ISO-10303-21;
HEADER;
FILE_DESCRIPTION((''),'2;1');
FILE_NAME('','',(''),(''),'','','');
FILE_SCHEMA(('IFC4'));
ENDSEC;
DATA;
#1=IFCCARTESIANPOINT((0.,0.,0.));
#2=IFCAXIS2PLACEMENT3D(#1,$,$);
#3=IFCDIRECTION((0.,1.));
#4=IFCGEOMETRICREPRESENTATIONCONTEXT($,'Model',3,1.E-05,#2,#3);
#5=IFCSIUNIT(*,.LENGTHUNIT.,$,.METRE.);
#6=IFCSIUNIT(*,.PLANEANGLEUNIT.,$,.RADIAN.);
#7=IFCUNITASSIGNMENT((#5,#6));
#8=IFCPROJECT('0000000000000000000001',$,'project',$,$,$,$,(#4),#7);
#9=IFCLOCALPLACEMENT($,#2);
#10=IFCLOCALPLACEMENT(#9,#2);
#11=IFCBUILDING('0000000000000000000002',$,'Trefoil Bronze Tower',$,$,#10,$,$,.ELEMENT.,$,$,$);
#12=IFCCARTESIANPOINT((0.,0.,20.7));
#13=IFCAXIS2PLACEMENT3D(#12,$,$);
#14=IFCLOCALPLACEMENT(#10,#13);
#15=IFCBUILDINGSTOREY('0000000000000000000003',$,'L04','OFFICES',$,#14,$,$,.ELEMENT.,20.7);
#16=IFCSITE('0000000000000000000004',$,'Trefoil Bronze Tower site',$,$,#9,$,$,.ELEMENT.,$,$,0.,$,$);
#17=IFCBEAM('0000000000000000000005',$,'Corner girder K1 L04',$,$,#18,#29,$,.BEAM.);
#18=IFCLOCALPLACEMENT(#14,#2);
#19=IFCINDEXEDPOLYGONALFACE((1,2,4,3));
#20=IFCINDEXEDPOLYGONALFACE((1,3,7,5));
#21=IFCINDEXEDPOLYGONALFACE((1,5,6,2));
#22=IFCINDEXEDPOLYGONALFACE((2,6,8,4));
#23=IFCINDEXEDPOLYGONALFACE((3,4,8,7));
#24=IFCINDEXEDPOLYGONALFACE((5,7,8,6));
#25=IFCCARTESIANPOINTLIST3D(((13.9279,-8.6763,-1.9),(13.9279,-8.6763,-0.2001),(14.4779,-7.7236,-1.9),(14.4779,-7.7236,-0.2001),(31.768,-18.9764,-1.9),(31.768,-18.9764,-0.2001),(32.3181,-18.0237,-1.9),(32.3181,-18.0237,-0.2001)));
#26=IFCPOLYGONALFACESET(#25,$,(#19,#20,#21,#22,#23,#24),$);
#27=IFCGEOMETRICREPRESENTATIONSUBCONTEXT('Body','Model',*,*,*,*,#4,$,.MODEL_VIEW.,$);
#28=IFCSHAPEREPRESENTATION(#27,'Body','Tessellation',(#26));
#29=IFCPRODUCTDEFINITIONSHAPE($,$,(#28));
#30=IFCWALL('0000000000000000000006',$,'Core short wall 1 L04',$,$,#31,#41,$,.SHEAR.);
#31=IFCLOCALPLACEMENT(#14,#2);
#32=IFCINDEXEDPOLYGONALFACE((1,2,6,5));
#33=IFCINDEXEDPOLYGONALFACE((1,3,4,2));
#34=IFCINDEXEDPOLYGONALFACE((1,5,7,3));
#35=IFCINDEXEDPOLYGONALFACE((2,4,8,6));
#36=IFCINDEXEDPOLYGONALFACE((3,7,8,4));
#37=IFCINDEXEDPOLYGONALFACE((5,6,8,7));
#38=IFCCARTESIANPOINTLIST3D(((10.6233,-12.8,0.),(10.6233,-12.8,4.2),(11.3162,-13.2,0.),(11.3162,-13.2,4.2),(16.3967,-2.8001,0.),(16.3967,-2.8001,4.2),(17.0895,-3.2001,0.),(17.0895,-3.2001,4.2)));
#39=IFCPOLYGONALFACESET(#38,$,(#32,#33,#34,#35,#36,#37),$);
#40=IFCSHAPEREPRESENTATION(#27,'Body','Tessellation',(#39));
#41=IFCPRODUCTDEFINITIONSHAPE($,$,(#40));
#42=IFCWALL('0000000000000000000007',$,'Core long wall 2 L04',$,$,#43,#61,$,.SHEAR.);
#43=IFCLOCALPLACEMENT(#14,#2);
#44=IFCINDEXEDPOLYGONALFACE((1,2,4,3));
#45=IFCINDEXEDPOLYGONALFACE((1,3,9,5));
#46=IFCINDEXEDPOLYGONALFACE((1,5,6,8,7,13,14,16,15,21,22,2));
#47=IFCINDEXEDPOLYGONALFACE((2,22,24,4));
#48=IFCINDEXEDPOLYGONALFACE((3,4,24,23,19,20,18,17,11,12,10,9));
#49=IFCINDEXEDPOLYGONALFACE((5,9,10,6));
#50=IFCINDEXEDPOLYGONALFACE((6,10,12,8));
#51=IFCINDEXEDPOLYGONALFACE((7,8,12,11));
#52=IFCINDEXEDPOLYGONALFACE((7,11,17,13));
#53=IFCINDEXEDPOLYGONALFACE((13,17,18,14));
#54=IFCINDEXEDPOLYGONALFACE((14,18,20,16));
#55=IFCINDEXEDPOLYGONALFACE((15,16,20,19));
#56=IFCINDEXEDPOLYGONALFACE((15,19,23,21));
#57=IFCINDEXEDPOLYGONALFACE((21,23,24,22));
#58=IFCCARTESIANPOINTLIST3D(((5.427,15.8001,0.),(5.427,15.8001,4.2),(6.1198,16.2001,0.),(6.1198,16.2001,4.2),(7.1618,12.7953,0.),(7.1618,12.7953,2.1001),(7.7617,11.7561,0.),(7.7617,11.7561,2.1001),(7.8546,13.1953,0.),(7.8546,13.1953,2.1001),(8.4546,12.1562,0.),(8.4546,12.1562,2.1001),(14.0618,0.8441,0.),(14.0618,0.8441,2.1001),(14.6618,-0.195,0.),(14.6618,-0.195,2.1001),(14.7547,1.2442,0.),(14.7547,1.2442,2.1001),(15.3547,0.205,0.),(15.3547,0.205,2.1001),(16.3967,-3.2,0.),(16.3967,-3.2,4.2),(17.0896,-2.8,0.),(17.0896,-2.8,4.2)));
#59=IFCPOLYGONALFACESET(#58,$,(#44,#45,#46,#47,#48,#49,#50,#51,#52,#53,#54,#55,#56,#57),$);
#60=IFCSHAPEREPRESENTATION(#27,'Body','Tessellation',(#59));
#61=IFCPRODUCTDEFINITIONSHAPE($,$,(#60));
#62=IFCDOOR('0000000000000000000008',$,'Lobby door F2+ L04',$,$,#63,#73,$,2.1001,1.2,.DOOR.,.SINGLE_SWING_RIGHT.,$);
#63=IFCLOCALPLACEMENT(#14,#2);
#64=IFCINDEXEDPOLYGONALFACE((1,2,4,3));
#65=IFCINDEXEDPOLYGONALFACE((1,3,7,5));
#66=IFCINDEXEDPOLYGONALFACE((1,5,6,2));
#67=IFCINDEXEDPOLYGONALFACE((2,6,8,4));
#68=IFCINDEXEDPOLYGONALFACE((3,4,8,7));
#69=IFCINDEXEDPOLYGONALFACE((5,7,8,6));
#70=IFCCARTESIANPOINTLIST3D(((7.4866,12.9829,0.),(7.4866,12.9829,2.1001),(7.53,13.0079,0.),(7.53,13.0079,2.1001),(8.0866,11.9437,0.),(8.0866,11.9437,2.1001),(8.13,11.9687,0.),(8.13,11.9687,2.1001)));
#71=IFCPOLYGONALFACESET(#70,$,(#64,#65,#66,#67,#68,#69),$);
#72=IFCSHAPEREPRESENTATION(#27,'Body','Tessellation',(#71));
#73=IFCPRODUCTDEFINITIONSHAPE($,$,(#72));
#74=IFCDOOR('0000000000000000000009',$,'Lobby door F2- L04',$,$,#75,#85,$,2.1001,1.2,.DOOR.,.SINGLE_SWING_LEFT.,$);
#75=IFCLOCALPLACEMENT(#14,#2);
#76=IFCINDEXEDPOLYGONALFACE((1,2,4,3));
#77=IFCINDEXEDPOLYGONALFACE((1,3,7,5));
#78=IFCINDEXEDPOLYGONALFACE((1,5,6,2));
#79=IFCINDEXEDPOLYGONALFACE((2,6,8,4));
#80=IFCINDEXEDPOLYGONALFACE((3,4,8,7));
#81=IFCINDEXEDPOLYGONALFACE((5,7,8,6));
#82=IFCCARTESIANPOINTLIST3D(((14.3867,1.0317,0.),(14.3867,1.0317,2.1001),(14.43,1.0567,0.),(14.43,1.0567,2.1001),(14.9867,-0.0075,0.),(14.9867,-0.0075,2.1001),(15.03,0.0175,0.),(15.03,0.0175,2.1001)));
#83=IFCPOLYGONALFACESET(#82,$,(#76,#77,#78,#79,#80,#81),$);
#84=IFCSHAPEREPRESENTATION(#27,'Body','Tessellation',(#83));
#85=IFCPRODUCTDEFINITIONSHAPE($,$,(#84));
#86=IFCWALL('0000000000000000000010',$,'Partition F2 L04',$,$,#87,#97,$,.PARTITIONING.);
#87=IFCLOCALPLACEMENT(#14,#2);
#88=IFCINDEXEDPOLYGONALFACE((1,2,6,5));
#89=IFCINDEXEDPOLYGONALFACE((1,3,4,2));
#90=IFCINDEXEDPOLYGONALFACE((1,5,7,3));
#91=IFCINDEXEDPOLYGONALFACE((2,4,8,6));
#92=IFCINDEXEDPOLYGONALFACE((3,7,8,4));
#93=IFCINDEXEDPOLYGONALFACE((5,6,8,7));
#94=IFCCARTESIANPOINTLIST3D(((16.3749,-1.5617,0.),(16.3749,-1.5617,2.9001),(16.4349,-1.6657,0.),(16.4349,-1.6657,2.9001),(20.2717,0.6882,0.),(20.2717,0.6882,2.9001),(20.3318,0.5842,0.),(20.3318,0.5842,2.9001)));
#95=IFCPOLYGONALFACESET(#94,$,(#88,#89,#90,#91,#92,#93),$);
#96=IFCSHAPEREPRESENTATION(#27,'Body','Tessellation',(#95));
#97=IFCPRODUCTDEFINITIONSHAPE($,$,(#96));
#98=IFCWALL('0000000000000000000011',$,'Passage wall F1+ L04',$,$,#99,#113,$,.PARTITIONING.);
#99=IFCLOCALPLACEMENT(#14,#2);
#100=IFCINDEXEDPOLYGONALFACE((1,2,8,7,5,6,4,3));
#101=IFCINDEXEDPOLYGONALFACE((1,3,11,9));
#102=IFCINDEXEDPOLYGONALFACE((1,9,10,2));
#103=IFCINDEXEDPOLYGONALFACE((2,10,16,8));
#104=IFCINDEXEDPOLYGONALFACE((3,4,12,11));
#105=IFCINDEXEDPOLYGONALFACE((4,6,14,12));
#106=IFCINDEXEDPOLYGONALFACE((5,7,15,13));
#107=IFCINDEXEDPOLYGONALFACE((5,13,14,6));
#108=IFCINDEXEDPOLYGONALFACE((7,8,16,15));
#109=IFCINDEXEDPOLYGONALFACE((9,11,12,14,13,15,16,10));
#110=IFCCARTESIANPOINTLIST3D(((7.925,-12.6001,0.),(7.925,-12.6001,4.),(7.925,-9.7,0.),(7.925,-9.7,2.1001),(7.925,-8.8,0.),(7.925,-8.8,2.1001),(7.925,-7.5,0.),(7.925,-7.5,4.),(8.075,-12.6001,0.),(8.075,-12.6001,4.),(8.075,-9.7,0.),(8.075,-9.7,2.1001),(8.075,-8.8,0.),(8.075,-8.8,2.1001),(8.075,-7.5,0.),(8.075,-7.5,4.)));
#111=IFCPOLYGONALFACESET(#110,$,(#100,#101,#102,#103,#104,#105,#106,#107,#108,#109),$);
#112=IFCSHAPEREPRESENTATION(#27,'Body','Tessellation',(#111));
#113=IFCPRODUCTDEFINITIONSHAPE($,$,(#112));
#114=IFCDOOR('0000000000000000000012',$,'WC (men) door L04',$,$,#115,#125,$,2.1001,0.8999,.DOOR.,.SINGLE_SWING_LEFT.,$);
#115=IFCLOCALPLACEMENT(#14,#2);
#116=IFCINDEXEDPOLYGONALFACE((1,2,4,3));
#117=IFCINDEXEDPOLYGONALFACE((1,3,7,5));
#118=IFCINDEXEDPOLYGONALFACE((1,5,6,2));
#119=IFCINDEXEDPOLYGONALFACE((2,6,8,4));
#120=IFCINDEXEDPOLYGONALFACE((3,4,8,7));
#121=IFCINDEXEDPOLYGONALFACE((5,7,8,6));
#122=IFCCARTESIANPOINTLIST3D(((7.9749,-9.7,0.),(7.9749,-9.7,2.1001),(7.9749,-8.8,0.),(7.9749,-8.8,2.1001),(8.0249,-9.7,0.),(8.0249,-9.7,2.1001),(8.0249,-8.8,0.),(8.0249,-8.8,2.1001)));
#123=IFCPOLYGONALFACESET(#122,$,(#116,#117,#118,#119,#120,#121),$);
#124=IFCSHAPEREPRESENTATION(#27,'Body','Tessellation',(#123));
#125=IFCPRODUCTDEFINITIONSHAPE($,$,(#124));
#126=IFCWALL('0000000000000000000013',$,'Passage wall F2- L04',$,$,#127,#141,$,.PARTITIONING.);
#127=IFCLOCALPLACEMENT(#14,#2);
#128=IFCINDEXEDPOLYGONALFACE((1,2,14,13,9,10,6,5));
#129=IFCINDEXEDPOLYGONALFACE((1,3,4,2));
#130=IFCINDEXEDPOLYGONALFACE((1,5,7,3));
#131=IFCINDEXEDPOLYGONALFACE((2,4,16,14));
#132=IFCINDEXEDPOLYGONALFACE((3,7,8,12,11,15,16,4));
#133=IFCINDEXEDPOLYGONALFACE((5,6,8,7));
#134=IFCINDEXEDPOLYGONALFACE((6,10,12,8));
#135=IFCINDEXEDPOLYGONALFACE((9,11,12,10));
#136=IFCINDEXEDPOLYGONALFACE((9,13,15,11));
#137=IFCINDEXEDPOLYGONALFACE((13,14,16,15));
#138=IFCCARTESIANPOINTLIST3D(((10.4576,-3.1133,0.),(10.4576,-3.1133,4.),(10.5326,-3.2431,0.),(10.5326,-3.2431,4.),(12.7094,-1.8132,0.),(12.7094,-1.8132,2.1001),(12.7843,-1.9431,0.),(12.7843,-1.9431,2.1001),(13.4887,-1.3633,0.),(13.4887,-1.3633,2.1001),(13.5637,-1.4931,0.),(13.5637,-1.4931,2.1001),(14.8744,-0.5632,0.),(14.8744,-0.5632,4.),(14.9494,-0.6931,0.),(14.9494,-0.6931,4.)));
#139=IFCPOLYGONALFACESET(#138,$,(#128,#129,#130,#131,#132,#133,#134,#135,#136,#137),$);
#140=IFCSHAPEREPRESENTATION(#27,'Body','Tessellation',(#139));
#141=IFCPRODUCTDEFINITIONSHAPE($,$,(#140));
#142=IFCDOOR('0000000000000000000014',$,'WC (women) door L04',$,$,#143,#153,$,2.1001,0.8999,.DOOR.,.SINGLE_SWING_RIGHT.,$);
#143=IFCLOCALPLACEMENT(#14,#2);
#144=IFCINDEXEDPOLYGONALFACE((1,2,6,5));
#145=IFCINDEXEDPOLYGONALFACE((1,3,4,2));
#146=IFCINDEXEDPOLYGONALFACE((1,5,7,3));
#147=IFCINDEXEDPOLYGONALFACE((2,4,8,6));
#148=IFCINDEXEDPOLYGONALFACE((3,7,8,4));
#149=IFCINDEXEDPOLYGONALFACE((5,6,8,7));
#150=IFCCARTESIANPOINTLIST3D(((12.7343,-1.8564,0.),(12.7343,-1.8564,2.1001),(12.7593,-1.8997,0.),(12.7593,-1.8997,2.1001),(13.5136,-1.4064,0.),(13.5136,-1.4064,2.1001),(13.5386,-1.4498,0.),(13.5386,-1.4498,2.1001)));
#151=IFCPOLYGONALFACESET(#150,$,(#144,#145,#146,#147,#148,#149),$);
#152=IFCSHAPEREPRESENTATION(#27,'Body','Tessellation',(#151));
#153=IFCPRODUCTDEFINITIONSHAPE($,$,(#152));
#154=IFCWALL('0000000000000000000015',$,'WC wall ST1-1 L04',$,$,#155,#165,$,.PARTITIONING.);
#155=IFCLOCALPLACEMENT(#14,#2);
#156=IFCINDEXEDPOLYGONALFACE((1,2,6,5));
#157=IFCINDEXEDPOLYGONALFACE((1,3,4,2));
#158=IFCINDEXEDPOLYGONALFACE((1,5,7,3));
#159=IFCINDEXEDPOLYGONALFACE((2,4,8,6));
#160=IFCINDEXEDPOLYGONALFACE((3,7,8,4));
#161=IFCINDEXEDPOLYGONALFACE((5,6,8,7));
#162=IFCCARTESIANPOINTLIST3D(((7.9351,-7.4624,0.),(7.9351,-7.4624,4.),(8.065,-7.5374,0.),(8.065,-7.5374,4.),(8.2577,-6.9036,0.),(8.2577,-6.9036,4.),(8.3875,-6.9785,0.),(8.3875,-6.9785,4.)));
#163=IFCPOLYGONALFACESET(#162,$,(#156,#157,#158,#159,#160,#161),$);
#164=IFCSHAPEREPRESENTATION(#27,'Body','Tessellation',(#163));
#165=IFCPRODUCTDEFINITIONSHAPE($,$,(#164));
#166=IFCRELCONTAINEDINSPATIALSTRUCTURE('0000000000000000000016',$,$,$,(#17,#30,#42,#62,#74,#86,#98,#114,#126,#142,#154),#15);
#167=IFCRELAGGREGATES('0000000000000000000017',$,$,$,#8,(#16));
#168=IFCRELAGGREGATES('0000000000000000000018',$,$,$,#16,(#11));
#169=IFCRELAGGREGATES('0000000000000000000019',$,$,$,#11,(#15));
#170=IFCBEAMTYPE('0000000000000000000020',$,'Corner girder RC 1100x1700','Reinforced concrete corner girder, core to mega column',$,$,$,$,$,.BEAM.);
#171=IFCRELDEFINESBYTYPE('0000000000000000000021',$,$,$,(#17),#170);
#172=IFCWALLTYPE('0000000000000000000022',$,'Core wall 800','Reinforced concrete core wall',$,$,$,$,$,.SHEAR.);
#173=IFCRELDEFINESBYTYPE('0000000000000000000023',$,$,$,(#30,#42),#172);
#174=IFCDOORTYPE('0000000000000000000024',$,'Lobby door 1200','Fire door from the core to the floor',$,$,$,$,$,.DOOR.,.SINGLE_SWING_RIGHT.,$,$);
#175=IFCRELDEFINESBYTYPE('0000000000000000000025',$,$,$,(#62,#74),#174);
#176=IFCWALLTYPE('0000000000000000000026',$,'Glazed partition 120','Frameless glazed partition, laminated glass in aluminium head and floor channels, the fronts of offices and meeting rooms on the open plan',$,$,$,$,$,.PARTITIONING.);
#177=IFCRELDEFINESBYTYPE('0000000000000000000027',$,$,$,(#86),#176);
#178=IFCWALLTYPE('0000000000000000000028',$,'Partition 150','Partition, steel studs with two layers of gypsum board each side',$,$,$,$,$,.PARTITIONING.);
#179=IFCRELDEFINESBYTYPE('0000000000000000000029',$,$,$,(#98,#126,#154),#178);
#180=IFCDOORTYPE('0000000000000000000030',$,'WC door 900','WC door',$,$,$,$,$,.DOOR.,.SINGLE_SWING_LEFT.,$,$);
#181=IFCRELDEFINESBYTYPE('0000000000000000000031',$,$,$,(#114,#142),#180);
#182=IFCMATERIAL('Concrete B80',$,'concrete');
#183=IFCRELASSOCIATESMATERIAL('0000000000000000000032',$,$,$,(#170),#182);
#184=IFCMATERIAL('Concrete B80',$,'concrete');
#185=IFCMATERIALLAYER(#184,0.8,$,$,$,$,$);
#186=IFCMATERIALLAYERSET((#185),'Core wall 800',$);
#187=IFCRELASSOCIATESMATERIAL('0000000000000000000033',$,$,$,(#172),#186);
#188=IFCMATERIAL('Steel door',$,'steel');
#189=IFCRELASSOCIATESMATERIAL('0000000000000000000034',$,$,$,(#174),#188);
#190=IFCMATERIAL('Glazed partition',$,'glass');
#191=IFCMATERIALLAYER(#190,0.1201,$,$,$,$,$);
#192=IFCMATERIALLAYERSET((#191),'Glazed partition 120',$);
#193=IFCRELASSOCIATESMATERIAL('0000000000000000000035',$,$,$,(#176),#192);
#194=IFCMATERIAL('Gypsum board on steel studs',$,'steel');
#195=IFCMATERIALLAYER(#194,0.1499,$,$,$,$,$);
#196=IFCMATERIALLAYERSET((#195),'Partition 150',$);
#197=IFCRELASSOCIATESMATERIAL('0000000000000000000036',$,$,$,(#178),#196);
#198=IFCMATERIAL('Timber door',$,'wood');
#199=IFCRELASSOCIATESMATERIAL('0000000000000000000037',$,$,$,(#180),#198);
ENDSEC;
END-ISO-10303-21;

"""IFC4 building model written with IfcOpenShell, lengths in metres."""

from ifc_helpers import new_model, si_unit, direction, frame, frame_2d, origin, origin_2d, place, context, subcontext, project, spatial, rectangle, extrude, material, layer, layer_set, material_profile, profile_set, type_object, element, fill, save


model = new_model("IFC4")

# Units and contexts
model_context = context("Model", 3, precision=1e-05, world=origin(), true_north=direction((0.0, 1.0)))
body_context = subcontext(model_context, "Body", "Model", "MODEL_VIEW")
ifc_project = project(units=[si_unit("LENGTHUNIT", "METRE"), si_unit("PLANEANGLEUNIT", "RADIAN")], contexts=[model_context])

# Site, building, storey
site_placement = place(None, origin())
site = spatial("IfcSite", under=ifc_project, at=site_placement, Name="Trefoil Bronze Tower site", CompositionType="ELEMENT", RefElevation=0.0)
building_placement = place(site_placement, origin())
building = spatial("IfcBuilding", under=site, at=building_placement, Name="Trefoil Bronze Tower", CompositionType="ELEMENT")
storey_placement = place(building_placement, frame((0.0, 0.0, 20.7)))
storey = spatial("IfcBuildingStorey", under=building, at=storey_placement, Name="L04", Description="OFFICES", CompositionType="ELEMENT", Elevation=20.7)

# Beam
ifc_material_1 = material(Name="Concrete B80", Category="concrete")
ifc_material_profile_1 = material_profile(ifc_material_1, rectangle(XDim=1.1001, YDim=1.7, at=origin_2d()), Name="RC 1100x1700")
ifc_profile_set_1 = profile_set([ifc_material_profile_1], Name="Concrete B80")
beam_type_1 = type_object("IfcBeamType", Name="Corner girder RC 1100x1700", Description="Reinforced concrete corner girder, core to mega column", PredefinedType="BEAM", material=ifc_profile_set_1)
beam_placement = place(storey_placement, frame((14.2029, -8.2, -1.05), z_axis=(0.866024, -0.500003, 0.0), x_axis=(0.500003, 0.866024, 0.0)))
element("IfcBeam", 1, at=beam_placement, inside=storey, type_object=beam_type_1, Name="Corner girder K1 L04", PredefinedType="BEAM", context=body_context, shape_type="SweptSolid", body=[
    extrude(rectangle(XDim=1.1001, YDim=1.7, at=origin_2d()), origin(), (0.0, 0.0, 1.0), 20.6001),
])

# Wall
ifc_material_2 = material(Name="Concrete B80", Category="concrete")
ifc_layer_1 = layer(ifc_material_2, 0.8)
ifc_layer_set_1 = layer_set([ifc_layer_1], Name="Core wall 800")
wall_type_1 = type_object("IfcWallType", Name="Core wall 800", Description="Reinforced concrete core wall", PredefinedType="SHEAR", material=ifc_layer_set_1)
wall_1_placement = place(storey_placement, frame((10.9697, -13.0, 0.0), z_axis=(0.0, 0.0, 1.0), x_axis=(0.499996, 0.866028, 0.0)))
element("IfcWall", 2, at=wall_1_placement, inside=storey, type_object=wall_type_1, Name="Core short wall 1 L04", PredefinedType="SHEAR", context=body_context, shape_type="SweptSolid", body=[
    extrude(rectangle(XDim=11.5469, YDim=0.8, at=frame_2d((5.7734, 0.0))), origin(), (0.0, 0.0, 1.0), 4.2),
])

# Wall, openings, doors
wall_2_placement = place(storey_placement, frame((16.7432, -3.0, 0.0), z_axis=(0.0, 0.0, 1.0), x_axis=(-0.500002, 0.866024, 0.0)))
wall_2 = element("IfcWall", 3, at=wall_2_placement, inside=storey, type_object=wall_type_1, Name="Core long wall 2 L04", PredefinedType="SHEAR", context=body_context, shape_type="SweptSolid", body=[
    extrude(rectangle(XDim=21.9395, YDim=0.8, at=frame_2d((10.9697, 0.0))), origin(), (0.0, 0.0, 1.0), 4.2),
])
opening_1_placement = place(wall_2_placement, frame((17.2698, 0.0, 0.0)))
opening_1 = element("IfcOpeningElement", 4, at=opening_1_placement, cuts=wall_2, PredefinedType="OPENING", context=body_context, shape_type="SweptSolid", body=[
    extrude(rectangle(XDim=1.2, YDim=2.1001, at=frame_2d((0.6001, 1.05))), frame((0.0, 0.4099, 0.0), z_axis=(0.0, -1.0, 0.0), x_axis=(1.0, 0.0, 0.0)), (0.0, 0.0, 1.0), 0.8201),
])
opening_2_placement = place(wall_2_placement, frame((3.4697, 0.0, 0.0)))
opening_2 = element("IfcOpeningElement", 5, at=opening_2_placement, cuts=wall_2, PredefinedType="OPENING", context=body_context, shape_type="SweptSolid", body=[
    extrude(rectangle(XDim=1.2, YDim=2.1001, at=frame_2d((0.6001, 1.05))), frame((0.0, 0.4099, 0.0), z_axis=(0.0, -1.0, 0.0), x_axis=(1.0, 0.0, 0.0)), (0.0, 0.0, 1.0), 0.8201),
])
ifc_material_3 = material(Name="Steel door", Category="steel")
door_type_1 = type_object("IfcDoorType", Name="Lobby door 1200", Description="Fire door from the core to the floor", OperationType="SINGLE_SWING_RIGHT", PredefinedType="DOOR", material=ifc_material_3)
door_1_placement = place(opening_1_placement, origin())
door_1 = element("IfcDoor", 6, at=door_1_placement, inside=storey, type_object=door_type_1, Name="Lobby door F2+ L04", OperationType="SINGLE_SWING_RIGHT", OverallHeight=2.1001, OverallWidth=1.2, PredefinedType="DOOR", context=body_context, shape_type="SweptSolid", body=[
    extrude(rectangle(XDim=1.2, YDim=2.1001, at=frame_2d((0.6001, 1.05))), frame((0.0, 0.0249, 0.0), z_axis=(0.0, -1.0, 0.0), x_axis=(1.0, 0.0, 0.0)), (0.0, 0.0, 1.0), 0.05),
])
fill(opening_1, door_1)
door_2_placement = place(opening_2_placement, origin())
door_2 = element("IfcDoor", 7, at=door_2_placement, inside=storey, type_object=door_type_1, Name="Lobby door F2- L04", OperationType="SINGLE_SWING_LEFT", OverallHeight=2.1001, OverallWidth=1.2, PredefinedType="DOOR", context=body_context, shape_type="SweptSolid", body=[
    extrude(rectangle(XDim=1.2, YDim=2.1001, at=frame_2d((0.6001, 1.05))), frame((0.0, 0.0249, 0.0), z_axis=(0.0, -1.0, 0.0), x_axis=(1.0, 0.0, 0.0)), (0.0, 0.0, 1.0), 0.05),
])
fill(opening_2, door_2)

# Wall
ifc_material_4 = material(Name="Glazed partition", Category="glass")
ifc_layer_2 = layer(ifc_material_4, 0.1201)
ifc_layer_set_2 = layer_set([ifc_layer_2], Name="Glazed partition 120")
wall_type_2 = type_object("IfcWallType", Name="Glazed partition 120", Description="Frameless glazed partition, laminated glass in aluminium head and floor channels, the fronts of offices and meeting rooms on the open plan", PredefinedType="PARTITIONING", material=ifc_layer_set_2)
wall_3_placement = place(storey_placement, frame((16.4048, -1.6138, 0.0), z_axis=(0.0, 0.0, 1.0), x_axis=(0.866018, 0.500014, 0.0)))
element("IfcWall", 8, at=wall_3_placement, inside=storey, type_object=wall_type_2, Name="Partition F2 L04", PredefinedType="PARTITIONING", context=body_context, shape_type="SweptSolid", body=[
    extrude(rectangle(XDim=4.4998, YDim=0.1201, at=frame_2d((2.25, 0.0))), origin(), (0.0, 0.0, 1.0), 2.9001),
])

# Walls, openings, doors
ifc_material_5 = material(Name="Gypsum board on steel studs", Category="steel")
ifc_layer_3 = layer(ifc_material_5, 0.1499)
ifc_layer_set_3 = layer_set([ifc_layer_3], Name="Partition 150")
wall_type_3 = type_object("IfcWallType", Name="Partition 150", Description="Partition, steel studs with two layers of gypsum board each side", PredefinedType="PARTITIONING", material=ifc_layer_set_3)
wall_4_placement = place(storey_placement, frame((8.0, -7.5, 0.0), z_axis=(0.0, 0.0, 1.0), x_axis=(0.0, -1.0, 0.0)))
wall_4 = element("IfcWall", 9, at=wall_4_placement, inside=storey, type_object=wall_type_3, Name="Passage wall F1+ L04", PredefinedType="PARTITIONING", context=body_context, shape_type="SweptSolid", body=[
    extrude(rectangle(XDim=5.1001, YDim=0.1499, at=frame_2d((2.55, 0.0))), origin(), (0.0, 0.0, 1.0), 4.0),
])
opening_3_placement = place(wall_4_placement, frame((1.3, 0.0, 0.0)))
opening_3 = element("IfcOpeningElement", 10, at=opening_3_placement, cuts=wall_4, PredefinedType="OPENING", context=body_context, shape_type="SweptSolid", body=[
    extrude(rectangle(XDim=0.8999, YDim=2.1001, at=frame_2d((0.45, 1.05))), frame((0.0, 0.085, 0.0), z_axis=(0.0, -1.0, 0.0), x_axis=(1.0, 0.0, 0.0)), (0.0, 0.0, 1.0), 0.1699),
])
ifc_material_6 = material(Name="Timber door", Category="wood")
door_type_2 = type_object("IfcDoorType", Name="WC door 900", Description="WC door", OperationType="SINGLE_SWING_LEFT", PredefinedType="DOOR", material=ifc_material_6)
door_3_placement = place(opening_3_placement, origin())
door_3 = element("IfcDoor", 11, at=door_3_placement, inside=storey, type_object=door_type_2, Name="WC (men) door L04", OperationType="SINGLE_SWING_LEFT", OverallHeight=2.1001, OverallWidth=0.8999, PredefinedType="DOOR", context=body_context, shape_type="SweptSolid", body=[
    extrude(rectangle(XDim=0.8999, YDim=2.1001, at=frame_2d((0.45, 1.05))), frame((0.0, 0.0249, 0.0), z_axis=(0.0, -1.0, 0.0), x_axis=(1.0, 0.0, 0.0)), (0.0, 0.0, 1.0), 0.05),
])
fill(opening_3, door_3)
wall_5_placement = place(storey_placement, frame((10.4951, -3.1782, 0.0), z_axis=(0.0, 0.0, 1.0), x_axis=(0.866022, 0.500006, 0.0)))
wall_5 = element("IfcWall", 12, at=wall_5_placement, inside=storey, type_object=wall_type_3, Name="Passage wall F2- L04", PredefinedType="PARTITIONING", context=body_context, shape_type="SweptSolid", body=[
    extrude(rectangle(XDim=5.1001, YDim=0.1499, at=frame_2d((2.55, 0.0))), origin(), (0.0, 0.0, 1.0), 4.0),
])
opening_4_placement = place(wall_5_placement, frame((2.6001, 0.0, 0.0)))
opening_4 = element("IfcOpeningElement", 13, at=opening_4_placement, cuts=wall_5, PredefinedType="OPENING", context=body_context, shape_type="SweptSolid", body=[
    extrude(rectangle(XDim=0.8999, YDim=2.1001, at=frame_2d((0.45, 1.05))), frame((0.0, 0.085, 0.0), z_axis=(0.0, -1.0, 0.0), x_axis=(1.0, 0.0, 0.0)), (0.0, 0.0, 1.0), 0.1699),
])
door_4_placement = place(opening_4_placement, frame((0.8999, 0.0, 0.0), z_axis=(0.0, 0.0, 1.0), x_axis=(-1.0, 0.0, 0.0)))
door_4 = element("IfcDoor", 14, at=door_4_placement, inside=storey, type_object=door_type_2, Name="WC (women) door L04", OperationType="SINGLE_SWING_RIGHT", OverallHeight=2.1001, OverallWidth=0.8999, PredefinedType="DOOR", context=body_context, shape_type="SweptSolid", body=[
    extrude(rectangle(XDim=0.8999, YDim=2.1001, at=frame_2d((0.45, 1.05))), frame((0.0, 0.0249, 0.0), z_axis=(0.0, -1.0, 0.0), x_axis=(1.0, 0.0, 0.0)), (0.0, 0.0, 1.0), 0.05),
])
fill(opening_4, door_4)

# Wall
for number, where, z_axis, x_axis, name in (
    (15, (8.0, -7.5, 0.0), (0.0, 0.0, 1.0), (0.499843, 0.866116, 0.0), "WC wall ST1-1 L04"),
):
    element("IfcWall", number, at=place(storey_placement, frame(where, z_axis=z_axis, x_axis=x_axis)), inside=storey, type_object=wall_type_3, Name=name, PredefinedType="PARTITIONING", context=body_context, shape_type="SweptSolid", body=[
        extrude(rectangle(XDim=0.6453, YDim=0.1499, at=frame_2d((0.3228, 0.0))), origin(), (0.0, 0.0, 1.0), 4.0),
    ])

save(model, "model.ifc")
